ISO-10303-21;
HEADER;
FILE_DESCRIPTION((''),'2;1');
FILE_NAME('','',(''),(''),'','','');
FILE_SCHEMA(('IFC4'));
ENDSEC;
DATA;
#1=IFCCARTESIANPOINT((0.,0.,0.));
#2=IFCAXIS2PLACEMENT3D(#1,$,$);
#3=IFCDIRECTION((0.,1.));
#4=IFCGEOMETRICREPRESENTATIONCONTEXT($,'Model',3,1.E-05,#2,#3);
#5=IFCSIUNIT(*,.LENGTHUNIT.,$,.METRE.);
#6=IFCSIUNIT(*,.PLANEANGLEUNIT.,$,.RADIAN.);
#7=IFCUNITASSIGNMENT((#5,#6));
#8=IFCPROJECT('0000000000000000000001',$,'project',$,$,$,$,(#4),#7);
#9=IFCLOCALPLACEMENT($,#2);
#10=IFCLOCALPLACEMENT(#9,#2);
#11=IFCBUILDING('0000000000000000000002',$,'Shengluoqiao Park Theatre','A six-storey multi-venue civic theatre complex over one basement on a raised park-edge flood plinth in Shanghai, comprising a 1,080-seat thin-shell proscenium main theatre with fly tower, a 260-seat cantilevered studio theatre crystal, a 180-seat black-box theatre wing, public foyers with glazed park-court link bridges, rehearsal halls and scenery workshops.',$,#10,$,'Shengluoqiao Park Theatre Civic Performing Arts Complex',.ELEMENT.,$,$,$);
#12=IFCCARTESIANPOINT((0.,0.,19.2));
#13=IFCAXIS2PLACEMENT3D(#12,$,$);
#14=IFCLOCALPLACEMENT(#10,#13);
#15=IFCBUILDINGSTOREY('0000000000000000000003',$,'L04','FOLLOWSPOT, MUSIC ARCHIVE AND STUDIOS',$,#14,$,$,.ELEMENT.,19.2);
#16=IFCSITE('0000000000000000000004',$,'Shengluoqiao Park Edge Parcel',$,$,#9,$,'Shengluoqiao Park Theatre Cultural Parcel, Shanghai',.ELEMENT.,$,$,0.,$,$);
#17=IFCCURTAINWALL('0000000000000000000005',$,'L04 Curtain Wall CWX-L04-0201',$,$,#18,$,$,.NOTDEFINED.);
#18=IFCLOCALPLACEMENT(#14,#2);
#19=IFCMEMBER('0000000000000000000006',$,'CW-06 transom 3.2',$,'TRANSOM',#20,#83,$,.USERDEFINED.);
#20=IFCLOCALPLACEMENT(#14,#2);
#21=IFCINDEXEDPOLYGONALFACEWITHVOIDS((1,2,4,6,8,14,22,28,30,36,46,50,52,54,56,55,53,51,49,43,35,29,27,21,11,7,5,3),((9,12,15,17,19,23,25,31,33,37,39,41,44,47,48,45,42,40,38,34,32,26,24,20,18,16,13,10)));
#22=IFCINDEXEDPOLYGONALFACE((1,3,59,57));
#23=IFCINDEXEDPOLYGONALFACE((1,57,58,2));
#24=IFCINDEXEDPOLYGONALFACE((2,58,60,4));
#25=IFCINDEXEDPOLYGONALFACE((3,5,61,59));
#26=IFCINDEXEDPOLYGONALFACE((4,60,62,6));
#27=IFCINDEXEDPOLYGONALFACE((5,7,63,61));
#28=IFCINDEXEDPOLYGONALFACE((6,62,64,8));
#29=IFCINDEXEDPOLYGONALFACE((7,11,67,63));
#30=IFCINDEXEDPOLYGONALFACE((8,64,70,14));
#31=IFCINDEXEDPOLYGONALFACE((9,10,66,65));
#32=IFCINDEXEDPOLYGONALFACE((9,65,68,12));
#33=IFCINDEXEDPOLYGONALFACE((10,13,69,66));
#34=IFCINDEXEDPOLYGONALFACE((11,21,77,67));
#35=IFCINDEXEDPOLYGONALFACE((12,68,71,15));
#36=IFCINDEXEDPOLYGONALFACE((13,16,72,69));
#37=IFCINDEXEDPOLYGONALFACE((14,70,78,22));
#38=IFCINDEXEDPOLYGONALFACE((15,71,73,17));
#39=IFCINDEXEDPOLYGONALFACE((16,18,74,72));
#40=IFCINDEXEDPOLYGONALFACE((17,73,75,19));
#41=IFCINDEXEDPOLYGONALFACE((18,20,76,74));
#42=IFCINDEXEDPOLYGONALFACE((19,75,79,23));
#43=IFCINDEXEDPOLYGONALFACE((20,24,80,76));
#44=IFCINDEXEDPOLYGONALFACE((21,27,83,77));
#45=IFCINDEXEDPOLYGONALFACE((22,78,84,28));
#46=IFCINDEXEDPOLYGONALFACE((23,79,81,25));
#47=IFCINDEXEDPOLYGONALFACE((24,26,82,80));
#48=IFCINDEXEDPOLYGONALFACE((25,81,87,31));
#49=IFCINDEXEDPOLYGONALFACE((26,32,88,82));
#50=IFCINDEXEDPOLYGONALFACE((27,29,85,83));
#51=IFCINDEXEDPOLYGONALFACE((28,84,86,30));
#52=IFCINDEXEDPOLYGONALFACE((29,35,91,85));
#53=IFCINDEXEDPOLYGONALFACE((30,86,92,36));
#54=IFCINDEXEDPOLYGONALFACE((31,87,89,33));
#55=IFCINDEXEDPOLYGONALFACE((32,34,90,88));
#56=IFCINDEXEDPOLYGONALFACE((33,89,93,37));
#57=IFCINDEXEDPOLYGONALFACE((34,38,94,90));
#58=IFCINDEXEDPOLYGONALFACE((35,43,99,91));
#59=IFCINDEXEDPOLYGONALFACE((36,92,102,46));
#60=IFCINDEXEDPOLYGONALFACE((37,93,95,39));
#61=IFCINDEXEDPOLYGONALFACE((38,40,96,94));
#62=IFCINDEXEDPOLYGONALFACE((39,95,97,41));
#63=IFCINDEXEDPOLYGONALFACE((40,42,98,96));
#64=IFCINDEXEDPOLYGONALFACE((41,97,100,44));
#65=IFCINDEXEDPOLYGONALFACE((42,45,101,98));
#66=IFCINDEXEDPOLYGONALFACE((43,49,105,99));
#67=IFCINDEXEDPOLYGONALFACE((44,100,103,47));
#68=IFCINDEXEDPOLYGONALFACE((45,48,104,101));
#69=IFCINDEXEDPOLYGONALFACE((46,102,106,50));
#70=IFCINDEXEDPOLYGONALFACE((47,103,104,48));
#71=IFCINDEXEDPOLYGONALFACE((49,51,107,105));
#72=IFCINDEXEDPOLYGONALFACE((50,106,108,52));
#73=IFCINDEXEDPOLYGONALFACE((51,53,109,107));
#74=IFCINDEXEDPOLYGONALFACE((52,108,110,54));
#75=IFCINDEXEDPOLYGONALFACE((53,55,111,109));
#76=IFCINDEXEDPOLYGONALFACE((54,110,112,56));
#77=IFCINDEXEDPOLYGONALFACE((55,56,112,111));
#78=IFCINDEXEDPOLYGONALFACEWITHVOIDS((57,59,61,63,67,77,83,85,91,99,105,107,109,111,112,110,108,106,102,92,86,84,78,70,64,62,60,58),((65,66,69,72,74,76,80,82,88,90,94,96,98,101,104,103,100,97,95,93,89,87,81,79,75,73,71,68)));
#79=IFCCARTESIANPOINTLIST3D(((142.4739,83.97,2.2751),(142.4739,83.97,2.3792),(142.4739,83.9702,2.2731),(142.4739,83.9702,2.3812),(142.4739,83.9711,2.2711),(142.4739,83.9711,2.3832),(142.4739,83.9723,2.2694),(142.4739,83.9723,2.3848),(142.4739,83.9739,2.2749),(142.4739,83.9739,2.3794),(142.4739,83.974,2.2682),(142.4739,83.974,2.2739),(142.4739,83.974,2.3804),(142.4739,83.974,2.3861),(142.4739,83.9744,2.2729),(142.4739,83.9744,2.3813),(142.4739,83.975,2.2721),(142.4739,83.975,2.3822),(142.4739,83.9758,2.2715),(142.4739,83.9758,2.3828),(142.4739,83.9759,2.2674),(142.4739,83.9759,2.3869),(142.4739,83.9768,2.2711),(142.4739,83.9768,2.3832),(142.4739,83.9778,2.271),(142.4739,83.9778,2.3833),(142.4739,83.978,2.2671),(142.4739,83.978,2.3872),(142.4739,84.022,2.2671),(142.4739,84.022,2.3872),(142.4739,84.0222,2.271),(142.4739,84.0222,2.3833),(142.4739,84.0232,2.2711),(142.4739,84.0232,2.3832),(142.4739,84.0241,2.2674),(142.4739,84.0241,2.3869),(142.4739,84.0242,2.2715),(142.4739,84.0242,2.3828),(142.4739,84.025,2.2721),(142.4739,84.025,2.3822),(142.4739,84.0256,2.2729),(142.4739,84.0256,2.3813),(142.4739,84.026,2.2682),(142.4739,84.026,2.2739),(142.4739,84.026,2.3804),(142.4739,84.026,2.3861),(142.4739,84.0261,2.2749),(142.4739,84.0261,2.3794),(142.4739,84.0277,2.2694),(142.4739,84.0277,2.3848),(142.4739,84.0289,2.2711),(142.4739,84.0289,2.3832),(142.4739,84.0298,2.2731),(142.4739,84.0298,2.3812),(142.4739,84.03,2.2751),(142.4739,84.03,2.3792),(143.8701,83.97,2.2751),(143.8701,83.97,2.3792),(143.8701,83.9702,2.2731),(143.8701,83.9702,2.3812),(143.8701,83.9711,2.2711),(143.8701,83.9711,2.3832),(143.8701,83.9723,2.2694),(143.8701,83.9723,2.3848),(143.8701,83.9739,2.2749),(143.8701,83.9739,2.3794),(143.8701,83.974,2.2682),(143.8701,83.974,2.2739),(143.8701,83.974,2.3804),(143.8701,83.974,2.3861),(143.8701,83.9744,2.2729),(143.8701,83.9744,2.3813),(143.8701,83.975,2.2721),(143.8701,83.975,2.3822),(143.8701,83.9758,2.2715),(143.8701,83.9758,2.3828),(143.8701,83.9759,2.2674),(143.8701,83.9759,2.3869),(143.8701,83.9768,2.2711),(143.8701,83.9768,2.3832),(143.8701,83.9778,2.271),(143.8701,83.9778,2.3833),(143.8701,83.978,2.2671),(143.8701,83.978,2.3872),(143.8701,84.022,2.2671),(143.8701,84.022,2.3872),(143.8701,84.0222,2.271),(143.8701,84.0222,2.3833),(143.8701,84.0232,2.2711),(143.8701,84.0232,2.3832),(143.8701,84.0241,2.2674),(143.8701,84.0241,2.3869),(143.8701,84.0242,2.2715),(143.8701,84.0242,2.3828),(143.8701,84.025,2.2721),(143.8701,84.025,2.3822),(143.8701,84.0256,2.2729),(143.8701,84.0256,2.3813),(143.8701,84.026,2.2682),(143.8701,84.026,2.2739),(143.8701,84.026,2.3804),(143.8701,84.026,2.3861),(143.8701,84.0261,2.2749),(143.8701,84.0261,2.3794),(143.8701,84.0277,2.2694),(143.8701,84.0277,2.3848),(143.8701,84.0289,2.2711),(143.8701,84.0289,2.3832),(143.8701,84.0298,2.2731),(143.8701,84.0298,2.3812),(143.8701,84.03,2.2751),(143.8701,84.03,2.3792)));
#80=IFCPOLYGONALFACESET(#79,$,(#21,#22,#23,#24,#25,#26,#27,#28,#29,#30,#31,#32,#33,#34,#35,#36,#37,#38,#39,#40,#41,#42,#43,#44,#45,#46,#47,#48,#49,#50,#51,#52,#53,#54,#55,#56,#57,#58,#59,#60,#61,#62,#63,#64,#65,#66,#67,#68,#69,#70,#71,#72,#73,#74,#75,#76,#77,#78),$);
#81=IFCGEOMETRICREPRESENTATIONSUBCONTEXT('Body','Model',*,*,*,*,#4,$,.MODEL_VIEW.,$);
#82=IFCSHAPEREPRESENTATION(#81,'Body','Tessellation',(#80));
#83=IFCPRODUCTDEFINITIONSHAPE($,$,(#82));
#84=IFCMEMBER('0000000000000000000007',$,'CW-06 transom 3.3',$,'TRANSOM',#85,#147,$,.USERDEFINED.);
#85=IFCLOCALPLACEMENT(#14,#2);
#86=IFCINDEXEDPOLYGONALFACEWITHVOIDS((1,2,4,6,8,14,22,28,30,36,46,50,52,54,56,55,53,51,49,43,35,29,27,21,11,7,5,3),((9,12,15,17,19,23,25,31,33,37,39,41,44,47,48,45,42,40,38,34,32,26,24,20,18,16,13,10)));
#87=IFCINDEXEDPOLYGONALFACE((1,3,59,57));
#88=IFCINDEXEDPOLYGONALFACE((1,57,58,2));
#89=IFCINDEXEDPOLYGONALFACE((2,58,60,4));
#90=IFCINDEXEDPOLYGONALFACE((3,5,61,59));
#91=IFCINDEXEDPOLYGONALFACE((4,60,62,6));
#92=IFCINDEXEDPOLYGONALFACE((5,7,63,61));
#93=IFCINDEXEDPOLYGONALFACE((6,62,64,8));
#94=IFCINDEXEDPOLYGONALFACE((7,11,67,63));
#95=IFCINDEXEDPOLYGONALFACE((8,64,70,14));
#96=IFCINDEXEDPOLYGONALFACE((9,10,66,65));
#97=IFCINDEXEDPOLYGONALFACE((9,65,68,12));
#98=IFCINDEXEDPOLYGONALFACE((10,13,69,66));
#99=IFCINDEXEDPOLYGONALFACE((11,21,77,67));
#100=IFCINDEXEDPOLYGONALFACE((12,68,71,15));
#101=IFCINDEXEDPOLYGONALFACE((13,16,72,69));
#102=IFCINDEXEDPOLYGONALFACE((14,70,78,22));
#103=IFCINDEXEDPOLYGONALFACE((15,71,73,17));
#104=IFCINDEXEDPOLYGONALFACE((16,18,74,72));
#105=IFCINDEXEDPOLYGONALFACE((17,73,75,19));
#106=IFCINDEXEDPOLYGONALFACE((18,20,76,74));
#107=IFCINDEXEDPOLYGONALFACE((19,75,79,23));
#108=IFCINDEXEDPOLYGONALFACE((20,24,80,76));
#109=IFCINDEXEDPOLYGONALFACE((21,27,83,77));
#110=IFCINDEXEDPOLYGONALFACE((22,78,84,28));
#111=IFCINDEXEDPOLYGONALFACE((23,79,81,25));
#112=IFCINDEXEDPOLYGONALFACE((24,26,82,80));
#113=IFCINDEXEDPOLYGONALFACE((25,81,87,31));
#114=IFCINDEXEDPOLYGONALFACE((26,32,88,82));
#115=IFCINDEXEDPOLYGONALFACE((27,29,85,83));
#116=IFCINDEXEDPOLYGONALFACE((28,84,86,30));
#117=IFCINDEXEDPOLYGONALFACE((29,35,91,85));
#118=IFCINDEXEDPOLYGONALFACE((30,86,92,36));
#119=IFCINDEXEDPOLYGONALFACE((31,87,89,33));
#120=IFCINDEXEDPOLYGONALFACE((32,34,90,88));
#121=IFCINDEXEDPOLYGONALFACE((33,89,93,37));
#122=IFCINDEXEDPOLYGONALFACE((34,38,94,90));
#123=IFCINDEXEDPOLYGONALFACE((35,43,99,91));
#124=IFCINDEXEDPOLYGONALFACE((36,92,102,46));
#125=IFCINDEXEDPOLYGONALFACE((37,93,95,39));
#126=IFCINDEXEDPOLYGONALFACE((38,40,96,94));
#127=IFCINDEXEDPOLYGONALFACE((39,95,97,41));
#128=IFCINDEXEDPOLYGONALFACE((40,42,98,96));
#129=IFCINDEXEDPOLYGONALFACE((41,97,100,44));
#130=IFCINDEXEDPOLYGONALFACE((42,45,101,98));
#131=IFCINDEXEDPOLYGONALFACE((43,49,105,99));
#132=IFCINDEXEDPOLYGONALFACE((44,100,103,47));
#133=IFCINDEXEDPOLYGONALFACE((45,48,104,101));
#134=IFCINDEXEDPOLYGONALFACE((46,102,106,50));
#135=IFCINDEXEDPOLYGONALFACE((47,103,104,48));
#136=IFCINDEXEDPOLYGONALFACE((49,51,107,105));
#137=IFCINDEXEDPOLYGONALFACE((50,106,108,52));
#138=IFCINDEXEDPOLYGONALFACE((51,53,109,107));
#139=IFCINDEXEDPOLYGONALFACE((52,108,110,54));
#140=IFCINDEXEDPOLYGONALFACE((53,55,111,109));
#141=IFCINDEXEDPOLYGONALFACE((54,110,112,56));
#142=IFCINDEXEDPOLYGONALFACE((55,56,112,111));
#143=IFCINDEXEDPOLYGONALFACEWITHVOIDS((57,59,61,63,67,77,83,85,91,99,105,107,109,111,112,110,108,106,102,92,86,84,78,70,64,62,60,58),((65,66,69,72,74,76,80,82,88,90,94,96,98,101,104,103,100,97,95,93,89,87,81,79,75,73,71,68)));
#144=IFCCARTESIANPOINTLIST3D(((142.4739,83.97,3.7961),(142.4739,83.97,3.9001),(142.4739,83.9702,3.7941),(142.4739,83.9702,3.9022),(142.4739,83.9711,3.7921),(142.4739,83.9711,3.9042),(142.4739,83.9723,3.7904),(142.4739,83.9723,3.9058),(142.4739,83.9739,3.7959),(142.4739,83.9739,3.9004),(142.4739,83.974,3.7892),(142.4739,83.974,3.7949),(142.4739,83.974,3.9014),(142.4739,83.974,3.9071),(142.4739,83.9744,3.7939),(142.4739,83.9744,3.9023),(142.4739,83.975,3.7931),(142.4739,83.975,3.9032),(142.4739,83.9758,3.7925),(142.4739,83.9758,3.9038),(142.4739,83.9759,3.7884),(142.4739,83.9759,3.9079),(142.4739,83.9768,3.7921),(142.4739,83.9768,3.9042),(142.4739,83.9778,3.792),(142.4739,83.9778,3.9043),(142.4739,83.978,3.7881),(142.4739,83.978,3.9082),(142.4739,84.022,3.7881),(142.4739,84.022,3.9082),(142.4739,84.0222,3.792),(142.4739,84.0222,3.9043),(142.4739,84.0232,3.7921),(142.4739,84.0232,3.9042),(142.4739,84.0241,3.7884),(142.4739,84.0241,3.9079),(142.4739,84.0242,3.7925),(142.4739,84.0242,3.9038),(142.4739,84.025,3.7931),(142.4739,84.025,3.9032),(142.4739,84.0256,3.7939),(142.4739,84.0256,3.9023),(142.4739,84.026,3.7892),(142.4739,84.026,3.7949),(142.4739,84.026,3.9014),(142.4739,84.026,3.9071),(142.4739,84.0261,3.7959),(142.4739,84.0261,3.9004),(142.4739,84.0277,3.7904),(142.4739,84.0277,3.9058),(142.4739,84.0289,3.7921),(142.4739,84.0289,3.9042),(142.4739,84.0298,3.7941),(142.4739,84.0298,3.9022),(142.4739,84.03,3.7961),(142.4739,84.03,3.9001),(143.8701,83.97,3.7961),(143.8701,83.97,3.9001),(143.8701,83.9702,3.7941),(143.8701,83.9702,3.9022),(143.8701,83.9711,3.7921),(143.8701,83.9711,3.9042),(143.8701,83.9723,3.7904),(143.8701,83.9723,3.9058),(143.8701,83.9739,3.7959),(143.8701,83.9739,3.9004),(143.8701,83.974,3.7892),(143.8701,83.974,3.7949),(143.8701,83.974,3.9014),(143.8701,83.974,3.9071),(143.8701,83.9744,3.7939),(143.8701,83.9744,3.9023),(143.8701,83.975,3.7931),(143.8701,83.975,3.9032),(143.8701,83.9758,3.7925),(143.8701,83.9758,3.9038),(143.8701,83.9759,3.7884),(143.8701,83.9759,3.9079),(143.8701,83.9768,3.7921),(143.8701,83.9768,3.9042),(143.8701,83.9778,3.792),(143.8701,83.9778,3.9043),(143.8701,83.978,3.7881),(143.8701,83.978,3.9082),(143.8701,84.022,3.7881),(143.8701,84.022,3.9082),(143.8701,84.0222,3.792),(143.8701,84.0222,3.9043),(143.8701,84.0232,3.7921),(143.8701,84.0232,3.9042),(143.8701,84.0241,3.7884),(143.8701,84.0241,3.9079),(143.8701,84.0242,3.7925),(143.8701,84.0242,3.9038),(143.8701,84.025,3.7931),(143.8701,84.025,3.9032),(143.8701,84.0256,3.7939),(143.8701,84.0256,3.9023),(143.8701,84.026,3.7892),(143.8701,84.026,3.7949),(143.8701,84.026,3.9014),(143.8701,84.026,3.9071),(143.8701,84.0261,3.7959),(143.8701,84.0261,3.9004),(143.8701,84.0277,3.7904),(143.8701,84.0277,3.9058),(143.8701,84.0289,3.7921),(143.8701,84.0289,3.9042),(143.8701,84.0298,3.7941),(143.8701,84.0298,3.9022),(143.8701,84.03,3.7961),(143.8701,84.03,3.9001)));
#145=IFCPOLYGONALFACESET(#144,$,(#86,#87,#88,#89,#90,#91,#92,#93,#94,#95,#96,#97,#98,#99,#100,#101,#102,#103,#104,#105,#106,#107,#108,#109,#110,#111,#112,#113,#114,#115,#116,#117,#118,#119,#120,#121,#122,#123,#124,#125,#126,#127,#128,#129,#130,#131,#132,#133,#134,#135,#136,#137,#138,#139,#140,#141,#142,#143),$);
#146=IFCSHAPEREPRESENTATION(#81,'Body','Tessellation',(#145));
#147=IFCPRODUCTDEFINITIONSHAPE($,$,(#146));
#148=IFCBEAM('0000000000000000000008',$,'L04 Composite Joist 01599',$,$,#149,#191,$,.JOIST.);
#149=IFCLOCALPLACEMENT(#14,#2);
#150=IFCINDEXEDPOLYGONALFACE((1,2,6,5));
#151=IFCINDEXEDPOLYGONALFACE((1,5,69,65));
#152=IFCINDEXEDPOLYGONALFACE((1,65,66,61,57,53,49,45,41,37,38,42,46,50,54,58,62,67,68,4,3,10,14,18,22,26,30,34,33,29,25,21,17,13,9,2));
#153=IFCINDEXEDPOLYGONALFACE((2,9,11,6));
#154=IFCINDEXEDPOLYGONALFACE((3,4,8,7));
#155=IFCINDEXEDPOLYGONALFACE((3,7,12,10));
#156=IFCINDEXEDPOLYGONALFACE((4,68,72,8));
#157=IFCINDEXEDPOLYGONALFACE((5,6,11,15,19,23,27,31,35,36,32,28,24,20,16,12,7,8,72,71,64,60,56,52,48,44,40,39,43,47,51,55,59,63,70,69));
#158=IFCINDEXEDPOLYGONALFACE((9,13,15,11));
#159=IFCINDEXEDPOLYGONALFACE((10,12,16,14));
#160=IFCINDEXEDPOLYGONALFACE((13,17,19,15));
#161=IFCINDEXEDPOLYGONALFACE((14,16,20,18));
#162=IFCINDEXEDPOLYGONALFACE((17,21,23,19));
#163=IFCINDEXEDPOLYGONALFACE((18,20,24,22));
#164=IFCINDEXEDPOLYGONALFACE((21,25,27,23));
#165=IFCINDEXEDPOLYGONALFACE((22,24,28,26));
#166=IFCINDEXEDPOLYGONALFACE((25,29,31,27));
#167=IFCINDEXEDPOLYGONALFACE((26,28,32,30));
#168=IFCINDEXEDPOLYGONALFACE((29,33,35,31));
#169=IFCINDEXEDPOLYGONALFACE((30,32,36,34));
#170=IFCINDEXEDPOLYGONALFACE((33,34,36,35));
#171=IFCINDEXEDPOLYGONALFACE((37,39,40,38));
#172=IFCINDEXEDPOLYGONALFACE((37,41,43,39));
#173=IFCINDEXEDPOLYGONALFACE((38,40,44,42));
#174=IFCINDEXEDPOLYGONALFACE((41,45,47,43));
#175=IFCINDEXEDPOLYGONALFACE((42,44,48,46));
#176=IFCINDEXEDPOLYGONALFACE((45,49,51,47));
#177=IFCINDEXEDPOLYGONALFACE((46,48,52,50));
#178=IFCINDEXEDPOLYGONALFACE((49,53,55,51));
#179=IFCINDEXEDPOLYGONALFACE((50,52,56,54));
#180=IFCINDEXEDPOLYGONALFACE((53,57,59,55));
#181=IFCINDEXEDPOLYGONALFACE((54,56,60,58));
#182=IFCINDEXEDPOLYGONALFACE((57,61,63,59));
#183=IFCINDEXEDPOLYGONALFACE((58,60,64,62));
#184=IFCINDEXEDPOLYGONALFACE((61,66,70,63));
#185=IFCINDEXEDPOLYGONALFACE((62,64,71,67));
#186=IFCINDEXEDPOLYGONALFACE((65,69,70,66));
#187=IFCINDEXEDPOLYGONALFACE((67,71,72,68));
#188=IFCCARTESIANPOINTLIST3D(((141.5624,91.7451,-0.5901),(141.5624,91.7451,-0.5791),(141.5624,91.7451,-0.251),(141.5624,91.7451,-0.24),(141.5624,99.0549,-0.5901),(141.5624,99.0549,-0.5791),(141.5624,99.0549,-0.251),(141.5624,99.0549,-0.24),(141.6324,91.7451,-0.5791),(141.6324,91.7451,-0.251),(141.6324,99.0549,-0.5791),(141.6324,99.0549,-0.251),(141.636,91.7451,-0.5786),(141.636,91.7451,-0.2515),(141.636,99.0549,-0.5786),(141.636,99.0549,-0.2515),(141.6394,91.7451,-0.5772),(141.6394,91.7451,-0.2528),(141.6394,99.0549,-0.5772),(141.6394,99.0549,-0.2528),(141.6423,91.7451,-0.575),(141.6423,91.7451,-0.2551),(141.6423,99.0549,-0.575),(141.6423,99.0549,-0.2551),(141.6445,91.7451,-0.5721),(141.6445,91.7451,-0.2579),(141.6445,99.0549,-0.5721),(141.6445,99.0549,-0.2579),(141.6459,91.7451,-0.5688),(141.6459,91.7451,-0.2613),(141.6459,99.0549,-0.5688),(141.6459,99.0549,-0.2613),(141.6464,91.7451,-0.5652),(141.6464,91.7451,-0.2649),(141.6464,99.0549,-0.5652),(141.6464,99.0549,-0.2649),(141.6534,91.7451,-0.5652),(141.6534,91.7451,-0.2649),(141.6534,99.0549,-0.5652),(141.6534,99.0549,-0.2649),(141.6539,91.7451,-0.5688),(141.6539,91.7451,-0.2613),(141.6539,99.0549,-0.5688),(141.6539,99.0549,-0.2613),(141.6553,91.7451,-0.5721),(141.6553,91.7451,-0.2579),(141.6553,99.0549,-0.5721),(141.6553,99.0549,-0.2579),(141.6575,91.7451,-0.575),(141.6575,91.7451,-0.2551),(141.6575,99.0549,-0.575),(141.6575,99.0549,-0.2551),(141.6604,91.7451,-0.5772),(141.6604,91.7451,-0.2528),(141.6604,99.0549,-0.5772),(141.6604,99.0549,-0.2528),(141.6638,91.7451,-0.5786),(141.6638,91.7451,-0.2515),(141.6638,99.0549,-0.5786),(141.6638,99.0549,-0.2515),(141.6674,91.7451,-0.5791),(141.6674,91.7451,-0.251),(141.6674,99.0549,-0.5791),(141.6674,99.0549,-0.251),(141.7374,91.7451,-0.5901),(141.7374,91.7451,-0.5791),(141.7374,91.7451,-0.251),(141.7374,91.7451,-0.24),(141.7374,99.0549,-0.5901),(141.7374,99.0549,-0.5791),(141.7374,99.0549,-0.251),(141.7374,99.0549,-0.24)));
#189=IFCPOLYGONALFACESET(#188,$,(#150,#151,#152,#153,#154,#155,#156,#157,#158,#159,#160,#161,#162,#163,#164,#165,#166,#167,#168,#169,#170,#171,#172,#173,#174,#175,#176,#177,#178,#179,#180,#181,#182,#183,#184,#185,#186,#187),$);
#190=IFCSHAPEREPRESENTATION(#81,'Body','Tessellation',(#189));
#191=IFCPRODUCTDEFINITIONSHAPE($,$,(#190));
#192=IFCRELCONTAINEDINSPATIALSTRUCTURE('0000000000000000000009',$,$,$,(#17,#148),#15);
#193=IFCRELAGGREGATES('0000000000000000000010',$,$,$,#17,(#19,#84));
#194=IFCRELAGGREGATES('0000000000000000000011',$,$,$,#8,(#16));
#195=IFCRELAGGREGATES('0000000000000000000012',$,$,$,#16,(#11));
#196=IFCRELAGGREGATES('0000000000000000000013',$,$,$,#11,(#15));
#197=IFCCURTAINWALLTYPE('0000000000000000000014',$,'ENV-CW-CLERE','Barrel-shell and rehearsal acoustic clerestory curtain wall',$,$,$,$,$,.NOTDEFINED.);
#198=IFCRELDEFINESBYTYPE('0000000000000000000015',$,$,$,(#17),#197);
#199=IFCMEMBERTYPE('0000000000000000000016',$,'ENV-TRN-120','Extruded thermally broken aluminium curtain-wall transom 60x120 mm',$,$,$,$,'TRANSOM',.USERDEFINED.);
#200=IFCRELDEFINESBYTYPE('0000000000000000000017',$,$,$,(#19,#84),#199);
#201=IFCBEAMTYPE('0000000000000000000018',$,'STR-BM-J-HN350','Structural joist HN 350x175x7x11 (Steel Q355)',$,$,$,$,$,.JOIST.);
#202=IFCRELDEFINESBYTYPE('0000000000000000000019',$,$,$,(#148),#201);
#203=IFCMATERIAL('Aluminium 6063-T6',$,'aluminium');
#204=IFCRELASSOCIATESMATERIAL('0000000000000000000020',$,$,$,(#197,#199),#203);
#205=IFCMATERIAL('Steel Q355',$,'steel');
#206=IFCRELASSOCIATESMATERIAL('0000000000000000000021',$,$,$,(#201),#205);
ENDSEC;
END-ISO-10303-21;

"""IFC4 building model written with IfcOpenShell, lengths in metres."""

from ifc_helpers import new_model, si_unit, direction, frame, origin, origin_2d, place, context, subcontext, project, spatial, hollow_rectangle, i_section, extrude, material, material_profile, profile_set, type_object, element, aggregate, save


model = new_model("IFC4")

# Units and contexts
model_context = context("Model", 3, precision=1e-05, world=origin(), true_north=direction((0.0, 1.0)))
body_context = subcontext(model_context, "Body", "Model", "MODEL_VIEW")
ifc_project = project(units=[si_unit("LENGTHUNIT", "METRE"), si_unit("PLANEANGLEUNIT", "RADIAN")], contexts=[model_context])

# Site, building, storey
site_placement = place(None, origin())
site = spatial("IfcSite", under=ifc_project, at=site_placement, Name="Shengluoqiao Park Edge Parcel", LongName="Shengluoqiao Park Theatre Cultural Parcel, Shanghai", CompositionType="ELEMENT", RefElevation=0.0)
building_placement = place(site_placement, origin())
building = spatial("IfcBuilding", under=site, at=building_placement, Name="Shengluoqiao Park Theatre", Description="A six-storey multi-venue civic theatre complex over one basement on a raised park-edge flood plinth in Shanghai, comprising a 1,080-seat thin-shell proscenium main theatre with fly tower, a 260-seat cantilevered studio theatre crystal, a 180-seat black-box theatre wing, public foyers with glazed park-court link bridges, rehearsal halls and scenery workshops.", LongName="Shengluoqiao Park Theatre Civic Performing Arts Complex", CompositionType="ELEMENT")
storey_placement = place(building_placement, frame((0.0, 0.0, 19.2)))
storey = spatial("IfcBuildingStorey", under=building, at=storey_placement, Name="L04", Description="FOLLOWSPOT, MUSIC ARCHIVE AND STUDIOS", CompositionType="ELEMENT", Elevation=19.2)

# Curtain wall, members
ifc_material_1 = material(Name="Aluminium 6063-T6", Category="aluminium")
curtain_wall_type = type_object("IfcCurtainWallType", Name="ENV-CW-CLERE", Description="Barrel-shell and rehearsal acoustic clerestory curtain wall", PredefinedType="NOTDEFINED", material=ifc_material_1)
curtain_wall_placement = place(storey_placement, origin())
curtain_wall = element("IfcCurtainWall", 1, at=curtain_wall_placement, inside=storey, type_object=curtain_wall_type, Name="L04 Curtain Wall CWX-L04-0201", PredefinedType="NOTDEFINED")
ifc_material_profile_1 = material_profile(ifc_material_1, hollow_rectangle(XDim=0.0601, YDim=0.1201, WallThickness=0.0039, InnerFilletRadius=0.0039, OuterFilletRadius=0.0081, at=origin_2d()), Name="ALU TRANSOM 120x60x4")
ifc_profile_set_1 = profile_set([ifc_material_profile_1], Name="Aluminium 6063-T6")
member_type_1 = type_object("IfcMemberType", Name="ENV-TRN-120", Description="Extruded thermally broken aluminium curtain-wall transom 60x120 mm", ElementType="TRANSOM", PredefinedType="USERDEFINED", material=ifc_profile_set_1)
member_1_placement = place(storey_placement, frame((142.4739, 84.0, 2.3271), z_axis=(1.0, 0.0, 0.0), x_axis=(0.0, 1.0, 0.0)))
member_1 = element("IfcMember", 2, at=member_1_placement, type_object=member_type_1, Name="CW-06 transom 3.2", ObjectType="TRANSOM", PredefinedType="USERDEFINED", context=body_context, shape_type="SweptSolid", body=[
    extrude(hollow_rectangle(XDim=0.0601, YDim=0.1201, WallThickness=0.0039, InnerFilletRadius=0.0039, OuterFilletRadius=0.0081, at=origin_2d()), origin(), (0.0, 0.0, 1.0), 1.3962),
])
member_2_placement = place(storey_placement, frame((142.4739, 84.0, 3.8481), z_axis=(1.0, 0.0, 0.0), x_axis=(0.0, 1.0, 0.0)))
member_2 = element("IfcMember", 3, at=member_2_placement, type_object=member_type_1, Name="CW-06 transom 3.3", ObjectType="TRANSOM", PredefinedType="USERDEFINED", context=body_context, shape_type="SweptSolid", body=[
    extrude(hollow_rectangle(XDim=0.0601, YDim=0.1201, WallThickness=0.0039, InnerFilletRadius=0.0039, OuterFilletRadius=0.0081, at=origin_2d()), origin(), (0.0, 0.0, 1.0), 1.3962),
])

# Beam
ifc_material_2 = material(Name="Steel Q355", Category="steel")
ifc_material_profile_2 = material_profile(ifc_material_2, i_section(OverallWidth=0.175, OverallDepth=0.3501, WebThickness=0.0071, FlangeThickness=0.011, FilletRadius=0.0139, at=origin_2d()), Name="HN 350x175x7x11")
ifc_profile_set_2 = profile_set([ifc_material_profile_2], Name="Steel Q355")
beam_type = type_object("IfcBeamType", Name="STR-BM-J-HN350", Description="Structural joist HN 350x175x7x11 (Steel Q355)", PredefinedType="JOIST", material=ifc_profile_set_2)
for number, where, z_axis, x_axis, name in (
    (4, (141.6499, 91.7451, -0.415), (0.0, 1.0, 0.0), (-1.0, 0.0, 0.0), "L04 Composite Joist 01599"),
):
    element("IfcBeam", number, at=place(storey_placement, frame(where, z_axis=z_axis, x_axis=x_axis)), inside=storey, type_object=beam_type, Name=name, PredefinedType="JOIST", context=body_context, shape_type="SweptSolid", body=[
        extrude(i_section(OverallWidth=0.175, OverallDepth=0.3501, WebThickness=0.0071, FlangeThickness=0.011, FilletRadius=0.0139, at=origin_2d()), origin(), (0.0, 0.0, 1.0), 7.3098),
    ])

aggregate(curtain_wall, [member_1, member_2])

save(model, "model.ifc")
